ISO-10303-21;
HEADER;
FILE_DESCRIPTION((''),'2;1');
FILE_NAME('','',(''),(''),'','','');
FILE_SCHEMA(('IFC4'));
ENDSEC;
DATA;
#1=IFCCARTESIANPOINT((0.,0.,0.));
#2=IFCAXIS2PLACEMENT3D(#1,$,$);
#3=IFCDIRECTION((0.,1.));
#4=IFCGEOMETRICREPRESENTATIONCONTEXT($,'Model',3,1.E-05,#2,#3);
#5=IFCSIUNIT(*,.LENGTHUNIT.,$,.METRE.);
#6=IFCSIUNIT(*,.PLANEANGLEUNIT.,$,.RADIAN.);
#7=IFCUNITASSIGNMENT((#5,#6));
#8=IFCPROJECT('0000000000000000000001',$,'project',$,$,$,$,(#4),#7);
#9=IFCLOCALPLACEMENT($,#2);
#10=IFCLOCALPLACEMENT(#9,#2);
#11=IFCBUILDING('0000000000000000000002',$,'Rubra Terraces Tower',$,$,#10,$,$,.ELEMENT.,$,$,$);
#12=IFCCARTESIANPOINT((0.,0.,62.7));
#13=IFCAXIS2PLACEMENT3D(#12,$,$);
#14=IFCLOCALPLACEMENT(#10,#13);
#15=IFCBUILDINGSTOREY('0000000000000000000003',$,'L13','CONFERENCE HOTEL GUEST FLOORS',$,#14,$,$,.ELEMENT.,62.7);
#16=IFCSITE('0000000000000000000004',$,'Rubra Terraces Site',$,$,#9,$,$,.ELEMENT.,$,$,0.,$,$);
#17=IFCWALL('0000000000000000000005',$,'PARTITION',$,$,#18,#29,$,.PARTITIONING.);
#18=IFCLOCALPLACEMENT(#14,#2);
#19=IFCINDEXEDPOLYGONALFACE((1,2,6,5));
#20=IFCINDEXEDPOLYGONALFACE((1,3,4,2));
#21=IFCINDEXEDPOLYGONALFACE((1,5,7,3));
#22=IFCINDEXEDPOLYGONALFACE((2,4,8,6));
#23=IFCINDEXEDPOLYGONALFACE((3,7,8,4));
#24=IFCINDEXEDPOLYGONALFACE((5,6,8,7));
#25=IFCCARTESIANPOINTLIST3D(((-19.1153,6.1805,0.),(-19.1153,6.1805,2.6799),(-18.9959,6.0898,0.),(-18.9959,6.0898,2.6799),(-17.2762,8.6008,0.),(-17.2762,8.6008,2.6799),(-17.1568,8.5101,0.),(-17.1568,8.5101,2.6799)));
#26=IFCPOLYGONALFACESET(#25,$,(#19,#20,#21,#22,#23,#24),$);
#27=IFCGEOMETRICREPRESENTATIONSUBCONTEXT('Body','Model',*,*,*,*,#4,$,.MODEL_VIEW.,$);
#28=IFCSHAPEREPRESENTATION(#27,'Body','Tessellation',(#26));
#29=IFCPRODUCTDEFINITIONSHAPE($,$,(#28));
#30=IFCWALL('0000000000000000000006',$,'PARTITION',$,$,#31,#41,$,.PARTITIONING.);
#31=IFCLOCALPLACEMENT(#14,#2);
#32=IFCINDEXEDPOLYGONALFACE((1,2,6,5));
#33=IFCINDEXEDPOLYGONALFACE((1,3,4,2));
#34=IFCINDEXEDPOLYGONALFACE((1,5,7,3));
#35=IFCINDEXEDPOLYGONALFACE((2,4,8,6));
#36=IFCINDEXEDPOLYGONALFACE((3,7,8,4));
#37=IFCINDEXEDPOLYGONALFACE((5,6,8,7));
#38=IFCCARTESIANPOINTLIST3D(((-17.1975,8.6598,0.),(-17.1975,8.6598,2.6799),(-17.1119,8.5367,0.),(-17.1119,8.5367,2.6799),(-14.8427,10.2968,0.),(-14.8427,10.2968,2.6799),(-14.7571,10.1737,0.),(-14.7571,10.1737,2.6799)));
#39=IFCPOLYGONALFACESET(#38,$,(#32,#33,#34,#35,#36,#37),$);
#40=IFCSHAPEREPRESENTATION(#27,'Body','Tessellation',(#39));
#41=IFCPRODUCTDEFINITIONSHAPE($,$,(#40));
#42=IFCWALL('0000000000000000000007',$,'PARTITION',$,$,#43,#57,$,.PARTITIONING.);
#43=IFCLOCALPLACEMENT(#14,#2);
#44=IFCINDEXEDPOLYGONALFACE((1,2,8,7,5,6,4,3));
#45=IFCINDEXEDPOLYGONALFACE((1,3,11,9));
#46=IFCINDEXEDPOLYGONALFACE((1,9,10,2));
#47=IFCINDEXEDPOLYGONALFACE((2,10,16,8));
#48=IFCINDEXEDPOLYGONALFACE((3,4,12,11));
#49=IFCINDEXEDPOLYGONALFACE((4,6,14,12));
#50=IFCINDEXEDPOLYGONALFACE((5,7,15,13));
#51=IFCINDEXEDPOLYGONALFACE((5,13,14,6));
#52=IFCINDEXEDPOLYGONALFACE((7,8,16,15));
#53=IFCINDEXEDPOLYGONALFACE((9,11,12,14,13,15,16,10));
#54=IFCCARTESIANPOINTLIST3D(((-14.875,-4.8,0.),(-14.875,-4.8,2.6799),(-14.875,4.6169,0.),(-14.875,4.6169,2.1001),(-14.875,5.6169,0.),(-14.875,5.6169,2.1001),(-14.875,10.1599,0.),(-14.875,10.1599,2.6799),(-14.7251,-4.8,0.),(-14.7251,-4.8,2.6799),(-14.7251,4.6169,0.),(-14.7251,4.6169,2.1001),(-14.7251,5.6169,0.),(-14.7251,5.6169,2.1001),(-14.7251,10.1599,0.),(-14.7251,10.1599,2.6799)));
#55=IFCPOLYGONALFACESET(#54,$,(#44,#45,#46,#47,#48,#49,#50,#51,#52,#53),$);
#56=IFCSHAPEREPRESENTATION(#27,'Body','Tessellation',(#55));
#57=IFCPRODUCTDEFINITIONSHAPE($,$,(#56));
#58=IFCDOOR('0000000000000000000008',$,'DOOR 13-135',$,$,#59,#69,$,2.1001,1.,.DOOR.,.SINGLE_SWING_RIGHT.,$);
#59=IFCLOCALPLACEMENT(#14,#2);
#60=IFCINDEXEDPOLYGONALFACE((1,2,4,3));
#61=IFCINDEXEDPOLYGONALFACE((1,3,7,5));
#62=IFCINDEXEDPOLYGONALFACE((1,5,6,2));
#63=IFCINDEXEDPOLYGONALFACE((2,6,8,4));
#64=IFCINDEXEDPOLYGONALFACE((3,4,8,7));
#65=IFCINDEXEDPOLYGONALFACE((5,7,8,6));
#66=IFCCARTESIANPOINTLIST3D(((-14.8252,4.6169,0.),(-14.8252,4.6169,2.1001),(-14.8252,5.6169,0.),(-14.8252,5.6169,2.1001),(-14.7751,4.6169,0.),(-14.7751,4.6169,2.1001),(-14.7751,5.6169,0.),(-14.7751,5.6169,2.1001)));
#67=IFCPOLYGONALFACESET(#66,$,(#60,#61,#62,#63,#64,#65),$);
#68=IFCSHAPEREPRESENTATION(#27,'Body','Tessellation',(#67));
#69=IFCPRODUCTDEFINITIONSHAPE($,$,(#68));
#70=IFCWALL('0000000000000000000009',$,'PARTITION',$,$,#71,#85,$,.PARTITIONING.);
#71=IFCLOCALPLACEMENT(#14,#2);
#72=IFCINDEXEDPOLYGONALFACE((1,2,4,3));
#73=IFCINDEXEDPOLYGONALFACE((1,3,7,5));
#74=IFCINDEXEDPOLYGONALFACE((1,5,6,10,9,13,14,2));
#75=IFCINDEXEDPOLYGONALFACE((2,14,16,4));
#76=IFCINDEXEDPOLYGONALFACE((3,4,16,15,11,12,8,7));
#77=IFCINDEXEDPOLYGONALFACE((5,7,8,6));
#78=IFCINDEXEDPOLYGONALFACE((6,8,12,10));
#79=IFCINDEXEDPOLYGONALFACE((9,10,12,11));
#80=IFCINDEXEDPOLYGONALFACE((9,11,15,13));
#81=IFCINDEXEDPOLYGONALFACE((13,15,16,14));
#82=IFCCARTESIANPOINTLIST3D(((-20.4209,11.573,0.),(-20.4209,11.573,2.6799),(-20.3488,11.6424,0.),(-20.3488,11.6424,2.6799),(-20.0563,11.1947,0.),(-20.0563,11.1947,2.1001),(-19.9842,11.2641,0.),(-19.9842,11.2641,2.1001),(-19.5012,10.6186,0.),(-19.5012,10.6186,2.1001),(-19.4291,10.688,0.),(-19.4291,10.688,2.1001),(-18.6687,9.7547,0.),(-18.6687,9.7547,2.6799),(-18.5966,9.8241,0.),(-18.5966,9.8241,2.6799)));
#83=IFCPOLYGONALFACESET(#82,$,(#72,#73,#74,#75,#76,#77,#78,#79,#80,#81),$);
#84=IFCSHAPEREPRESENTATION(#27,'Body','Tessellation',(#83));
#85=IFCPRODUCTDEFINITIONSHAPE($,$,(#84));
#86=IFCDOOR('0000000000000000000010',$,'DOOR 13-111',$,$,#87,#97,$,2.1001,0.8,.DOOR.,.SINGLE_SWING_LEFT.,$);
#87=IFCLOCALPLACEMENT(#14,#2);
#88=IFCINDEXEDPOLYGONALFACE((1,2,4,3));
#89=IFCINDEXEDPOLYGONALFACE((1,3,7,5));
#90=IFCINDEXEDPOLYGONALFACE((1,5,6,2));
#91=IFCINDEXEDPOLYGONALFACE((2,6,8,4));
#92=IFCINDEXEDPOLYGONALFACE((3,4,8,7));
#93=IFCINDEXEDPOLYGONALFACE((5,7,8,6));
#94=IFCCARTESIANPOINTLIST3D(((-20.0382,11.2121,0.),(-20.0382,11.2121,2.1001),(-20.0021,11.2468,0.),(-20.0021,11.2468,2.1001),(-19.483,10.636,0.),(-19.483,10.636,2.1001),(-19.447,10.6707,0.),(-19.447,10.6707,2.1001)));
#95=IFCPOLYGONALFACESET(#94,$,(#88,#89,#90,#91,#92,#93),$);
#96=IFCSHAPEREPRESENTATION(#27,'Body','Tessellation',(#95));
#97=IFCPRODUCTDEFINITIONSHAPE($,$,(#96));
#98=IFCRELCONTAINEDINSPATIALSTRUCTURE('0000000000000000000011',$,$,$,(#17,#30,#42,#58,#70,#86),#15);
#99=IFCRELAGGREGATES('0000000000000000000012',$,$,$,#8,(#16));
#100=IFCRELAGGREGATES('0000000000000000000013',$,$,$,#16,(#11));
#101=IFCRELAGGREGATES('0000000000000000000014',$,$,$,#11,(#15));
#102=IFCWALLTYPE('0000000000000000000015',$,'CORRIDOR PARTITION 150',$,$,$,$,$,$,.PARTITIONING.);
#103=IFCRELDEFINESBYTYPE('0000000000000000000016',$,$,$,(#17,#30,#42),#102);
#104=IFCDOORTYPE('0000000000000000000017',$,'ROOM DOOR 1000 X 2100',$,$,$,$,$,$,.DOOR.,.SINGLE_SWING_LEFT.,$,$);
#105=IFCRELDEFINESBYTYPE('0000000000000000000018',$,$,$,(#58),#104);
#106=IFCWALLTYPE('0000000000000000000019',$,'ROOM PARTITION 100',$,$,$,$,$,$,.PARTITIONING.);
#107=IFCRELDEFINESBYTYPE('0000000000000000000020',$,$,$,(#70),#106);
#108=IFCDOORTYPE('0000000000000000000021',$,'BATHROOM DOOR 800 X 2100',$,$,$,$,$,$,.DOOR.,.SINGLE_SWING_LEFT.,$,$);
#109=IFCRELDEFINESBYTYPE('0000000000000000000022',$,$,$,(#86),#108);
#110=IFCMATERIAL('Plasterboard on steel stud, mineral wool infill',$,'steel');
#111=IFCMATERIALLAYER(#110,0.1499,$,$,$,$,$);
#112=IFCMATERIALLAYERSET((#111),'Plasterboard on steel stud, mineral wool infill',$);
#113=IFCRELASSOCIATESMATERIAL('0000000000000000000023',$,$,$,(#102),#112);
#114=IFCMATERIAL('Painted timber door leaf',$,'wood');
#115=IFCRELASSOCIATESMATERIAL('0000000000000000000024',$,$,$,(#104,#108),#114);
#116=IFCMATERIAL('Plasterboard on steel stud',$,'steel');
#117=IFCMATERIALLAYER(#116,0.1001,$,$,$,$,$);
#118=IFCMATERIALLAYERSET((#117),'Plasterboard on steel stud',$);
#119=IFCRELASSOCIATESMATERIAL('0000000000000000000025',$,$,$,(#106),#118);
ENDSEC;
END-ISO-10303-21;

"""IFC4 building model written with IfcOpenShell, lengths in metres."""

from ifc_helpers import new_model, si_unit, direction, frame, frame_2d, origin, place, context, subcontext, project, spatial, rectangle, extrude, material, layer, layer_set, type_object, element, fill, save


model = new_model("IFC4")

# Units and contexts
model_context = context("Model", 3, precision=1e-05, world=origin(), true_north=direction((0.0, 1.0)))
body_context = subcontext(model_context, "Body", "Model", "MODEL_VIEW")
ifc_project = project(units=[si_unit("LENGTHUNIT", "METRE"), si_unit("PLANEANGLEUNIT", "RADIAN")], contexts=[model_context])

# Site, building, storey
site_placement = place(None, origin())
site = spatial("IfcSite", under=ifc_project, at=site_placement, Name="Rubra Terraces Site", CompositionType="ELEMENT", RefElevation=0.0)
building_placement = place(site_placement, origin())
building = spatial("IfcBuilding", under=site, at=building_placement, Name="Rubra Terraces Tower", CompositionType="ELEMENT")
storey_placement = place(building_placement, frame((0.0, 0.0, 62.7)))
storey = spatial("IfcBuildingStorey", under=building, at=storey_placement, Name="L13", Description="CONFERENCE HOTEL GUEST FLOORS", CompositionType="ELEMENT", Elevation=62.7)

# Shared definitions
ifc_material_1 = material(Name="Plasterboard on steel stud, mineral wool infill", Category="steel")
ifc_layer_1 = layer(ifc_material_1, 0.1499)
ifc_layer_set_1 = layer_set([ifc_layer_1], Name="Plasterboard on steel stud, mineral wool infill")
wall_type_1 = type_object("IfcWallType", Name="CORRIDOR PARTITION 150", PredefinedType="PARTITIONING", material=ifc_layer_set_1)

# Shared definitions
ifc_material_2 = material(Name="Painted timber door leaf", Category="wood")
door_type_1 = type_object("IfcDoorType", Name="ROOM DOOR 1000 X 2100", OperationType="SINGLE_SWING_LEFT", PredefinedType="DOOR", material=ifc_material_2)

# Walls
wall_1_placement = place(storey_placement, frame((-19.0557, 6.135, 0.0), z_axis=(0.0, 0.0, 1.0), x_axis=(0.605, 0.796226, 0.0)))
element("IfcWall", 1, at=wall_1_placement, inside=storey, type_object=wall_type_1, Name="PARTITION", PredefinedType="PARTITIONING", context=body_context, shape_type="SweptSolid", body=[
    extrude(rectangle(XDim=3.0398, YDim=0.1499, at=frame_2d((1.52, 0.0))), origin(), (0.0, 0.0, 1.0), 2.6799),
])
wall_2_placement = place(storey_placement, frame((-17.1548, 8.5981, 0.0), z_axis=(0.0, 0.0, 1.0), x_axis=(0.821087, 0.570803, 0.0)))
element("IfcWall", 2, at=wall_2_placement, inside=storey, type_object=wall_type_1, Name="PARTITION", PredefinedType="PARTITIONING", context=body_context, shape_type="SweptSolid", body=[
    extrude(rectangle(XDim=2.8679, YDim=0.1499, at=frame_2d((1.4341, 0.0))), origin(), (0.0, 0.0, 1.0), 2.6799),
])

# Walls, openings, doors
wall_3_placement = place(storey_placement, frame((-14.8, 10.1599, 0.0), z_axis=(0.0, 0.0, 1.0), x_axis=(0.0, -1.0, 0.0)))
wall_3 = element("IfcWall", 3, at=wall_3_placement, inside=storey, type_object=wall_type_1, Name="PARTITION", PredefinedType="PARTITIONING", context=body_context, shape_type="SweptSolid", body=[
    extrude(rectangle(XDim=14.96, YDim=0.1499, at=frame_2d((7.48, 0.0))), origin(), (0.0, 0.0, 1.0), 2.6799),
])
opening_1_placement = place(wall_3_placement, frame((4.543, 0.0, 0.0)))
opening_1 = element("IfcOpeningElement", 4, at=opening_1_placement, cuts=wall_3, PredefinedType="OPENING", context=body_context, shape_type="SweptSolid", body=[
    extrude(rectangle(XDim=1.0, YDim=2.1001, at=frame_2d((0.5, 1.05))), frame((0.0, 0.085, 0.0), z_axis=(0.0, -1.0, 0.0), x_axis=(1.0, 0.0, 0.0)), (0.0, 0.0, 1.0), 0.1699),
])
door_1_placement = place(opening_1_placement, origin())
door_1 = element("IfcDoor", 5, at=door_1_placement, inside=storey, type_object=door_type_1, Name="DOOR 13-135", OperationType="SINGLE_SWING_RIGHT", OverallHeight=2.1001, OverallWidth=1.0, PredefinedType="DOOR", context=body_context, shape_type="SweptSolid", body=[
    extrude(rectangle(XDim=1.0, YDim=2.1001, at=frame_2d((0.5, 1.05))), frame((0.0, 0.0249, 0.0), z_axis=(0.0, -1.0, 0.0), x_axis=(1.0, 0.0, 0.0)), (0.0, 0.0, 1.0), 0.05),
])
fill(opening_1, door_1)
ifc_material_3 = material(Name="Plasterboard on steel stud", Category="steel")
ifc_layer_2 = layer(ifc_material_3, 0.1001)
ifc_layer_set_2 = layer_set([ifc_layer_2], Name="Plasterboard on steel stud")
wall_type_2 = type_object("IfcWallType", Name="ROOM PARTITION 100", PredefinedType="PARTITIONING", material=ifc_layer_set_2)
wall_4_placement = place(storey_placement, frame((-18.6326, 9.7893, 0.0), z_axis=(0.0, 0.0, 1.0), x_axis=(-0.693885, 0.720086, 0.0)))
wall_4 = element("IfcWall", 6, at=wall_4_placement, inside=storey, type_object=wall_type_2, Name="PARTITION", PredefinedType="PARTITIONING", context=body_context, shape_type="SweptSolid", body=[
    extrude(rectangle(XDim=2.5251, YDim=0.1001, at=frame_2d((1.2627, 0.0))), origin(), (0.0, 0.0, 1.0), 2.6799),
])
opening_2_placement = place(wall_4_placement, frame((1.2, 0.0, 0.0)))
opening_2 = element("IfcOpeningElement", 7, at=opening_2_placement, cuts=wall_4, PredefinedType="OPENING", context=body_context, shape_type="SweptSolid", body=[
    extrude(rectangle(XDim=0.8, YDim=2.1001, at=frame_2d((0.3999, 1.05))), frame((0.0, 0.0601, 0.0), z_axis=(0.0, -1.0, 0.0), x_axis=(1.0, 0.0, 0.0)), (0.0, 0.0, 1.0), 0.1201),
])
door_type_2 = type_object("IfcDoorType", Name="BATHROOM DOOR 800 X 2100", OperationType="SINGLE_SWING_LEFT", PredefinedType="DOOR", material=ifc_material_2)
door_2_placement = place(opening_2_placement, origin())
door_2 = element("IfcDoor", 8, at=door_2_placement, inside=storey, type_object=door_type_2, Name="DOOR 13-111", OperationType="SINGLE_SWING_LEFT", OverallHeight=2.1001, OverallWidth=0.8, PredefinedType="DOOR", context=body_context, shape_type="SweptSolid", body=[
    extrude(rectangle(XDim=0.8, YDim=2.1001, at=frame_2d((0.3999, 1.05))), frame((0.0, 0.0249, 0.0), z_axis=(0.0, -1.0, 0.0), x_axis=(1.0, 0.0, 0.0)), (0.0, 0.0, 1.0), 0.05),
])
fill(opening_2, door_2)

save(model, "model.ifc")
